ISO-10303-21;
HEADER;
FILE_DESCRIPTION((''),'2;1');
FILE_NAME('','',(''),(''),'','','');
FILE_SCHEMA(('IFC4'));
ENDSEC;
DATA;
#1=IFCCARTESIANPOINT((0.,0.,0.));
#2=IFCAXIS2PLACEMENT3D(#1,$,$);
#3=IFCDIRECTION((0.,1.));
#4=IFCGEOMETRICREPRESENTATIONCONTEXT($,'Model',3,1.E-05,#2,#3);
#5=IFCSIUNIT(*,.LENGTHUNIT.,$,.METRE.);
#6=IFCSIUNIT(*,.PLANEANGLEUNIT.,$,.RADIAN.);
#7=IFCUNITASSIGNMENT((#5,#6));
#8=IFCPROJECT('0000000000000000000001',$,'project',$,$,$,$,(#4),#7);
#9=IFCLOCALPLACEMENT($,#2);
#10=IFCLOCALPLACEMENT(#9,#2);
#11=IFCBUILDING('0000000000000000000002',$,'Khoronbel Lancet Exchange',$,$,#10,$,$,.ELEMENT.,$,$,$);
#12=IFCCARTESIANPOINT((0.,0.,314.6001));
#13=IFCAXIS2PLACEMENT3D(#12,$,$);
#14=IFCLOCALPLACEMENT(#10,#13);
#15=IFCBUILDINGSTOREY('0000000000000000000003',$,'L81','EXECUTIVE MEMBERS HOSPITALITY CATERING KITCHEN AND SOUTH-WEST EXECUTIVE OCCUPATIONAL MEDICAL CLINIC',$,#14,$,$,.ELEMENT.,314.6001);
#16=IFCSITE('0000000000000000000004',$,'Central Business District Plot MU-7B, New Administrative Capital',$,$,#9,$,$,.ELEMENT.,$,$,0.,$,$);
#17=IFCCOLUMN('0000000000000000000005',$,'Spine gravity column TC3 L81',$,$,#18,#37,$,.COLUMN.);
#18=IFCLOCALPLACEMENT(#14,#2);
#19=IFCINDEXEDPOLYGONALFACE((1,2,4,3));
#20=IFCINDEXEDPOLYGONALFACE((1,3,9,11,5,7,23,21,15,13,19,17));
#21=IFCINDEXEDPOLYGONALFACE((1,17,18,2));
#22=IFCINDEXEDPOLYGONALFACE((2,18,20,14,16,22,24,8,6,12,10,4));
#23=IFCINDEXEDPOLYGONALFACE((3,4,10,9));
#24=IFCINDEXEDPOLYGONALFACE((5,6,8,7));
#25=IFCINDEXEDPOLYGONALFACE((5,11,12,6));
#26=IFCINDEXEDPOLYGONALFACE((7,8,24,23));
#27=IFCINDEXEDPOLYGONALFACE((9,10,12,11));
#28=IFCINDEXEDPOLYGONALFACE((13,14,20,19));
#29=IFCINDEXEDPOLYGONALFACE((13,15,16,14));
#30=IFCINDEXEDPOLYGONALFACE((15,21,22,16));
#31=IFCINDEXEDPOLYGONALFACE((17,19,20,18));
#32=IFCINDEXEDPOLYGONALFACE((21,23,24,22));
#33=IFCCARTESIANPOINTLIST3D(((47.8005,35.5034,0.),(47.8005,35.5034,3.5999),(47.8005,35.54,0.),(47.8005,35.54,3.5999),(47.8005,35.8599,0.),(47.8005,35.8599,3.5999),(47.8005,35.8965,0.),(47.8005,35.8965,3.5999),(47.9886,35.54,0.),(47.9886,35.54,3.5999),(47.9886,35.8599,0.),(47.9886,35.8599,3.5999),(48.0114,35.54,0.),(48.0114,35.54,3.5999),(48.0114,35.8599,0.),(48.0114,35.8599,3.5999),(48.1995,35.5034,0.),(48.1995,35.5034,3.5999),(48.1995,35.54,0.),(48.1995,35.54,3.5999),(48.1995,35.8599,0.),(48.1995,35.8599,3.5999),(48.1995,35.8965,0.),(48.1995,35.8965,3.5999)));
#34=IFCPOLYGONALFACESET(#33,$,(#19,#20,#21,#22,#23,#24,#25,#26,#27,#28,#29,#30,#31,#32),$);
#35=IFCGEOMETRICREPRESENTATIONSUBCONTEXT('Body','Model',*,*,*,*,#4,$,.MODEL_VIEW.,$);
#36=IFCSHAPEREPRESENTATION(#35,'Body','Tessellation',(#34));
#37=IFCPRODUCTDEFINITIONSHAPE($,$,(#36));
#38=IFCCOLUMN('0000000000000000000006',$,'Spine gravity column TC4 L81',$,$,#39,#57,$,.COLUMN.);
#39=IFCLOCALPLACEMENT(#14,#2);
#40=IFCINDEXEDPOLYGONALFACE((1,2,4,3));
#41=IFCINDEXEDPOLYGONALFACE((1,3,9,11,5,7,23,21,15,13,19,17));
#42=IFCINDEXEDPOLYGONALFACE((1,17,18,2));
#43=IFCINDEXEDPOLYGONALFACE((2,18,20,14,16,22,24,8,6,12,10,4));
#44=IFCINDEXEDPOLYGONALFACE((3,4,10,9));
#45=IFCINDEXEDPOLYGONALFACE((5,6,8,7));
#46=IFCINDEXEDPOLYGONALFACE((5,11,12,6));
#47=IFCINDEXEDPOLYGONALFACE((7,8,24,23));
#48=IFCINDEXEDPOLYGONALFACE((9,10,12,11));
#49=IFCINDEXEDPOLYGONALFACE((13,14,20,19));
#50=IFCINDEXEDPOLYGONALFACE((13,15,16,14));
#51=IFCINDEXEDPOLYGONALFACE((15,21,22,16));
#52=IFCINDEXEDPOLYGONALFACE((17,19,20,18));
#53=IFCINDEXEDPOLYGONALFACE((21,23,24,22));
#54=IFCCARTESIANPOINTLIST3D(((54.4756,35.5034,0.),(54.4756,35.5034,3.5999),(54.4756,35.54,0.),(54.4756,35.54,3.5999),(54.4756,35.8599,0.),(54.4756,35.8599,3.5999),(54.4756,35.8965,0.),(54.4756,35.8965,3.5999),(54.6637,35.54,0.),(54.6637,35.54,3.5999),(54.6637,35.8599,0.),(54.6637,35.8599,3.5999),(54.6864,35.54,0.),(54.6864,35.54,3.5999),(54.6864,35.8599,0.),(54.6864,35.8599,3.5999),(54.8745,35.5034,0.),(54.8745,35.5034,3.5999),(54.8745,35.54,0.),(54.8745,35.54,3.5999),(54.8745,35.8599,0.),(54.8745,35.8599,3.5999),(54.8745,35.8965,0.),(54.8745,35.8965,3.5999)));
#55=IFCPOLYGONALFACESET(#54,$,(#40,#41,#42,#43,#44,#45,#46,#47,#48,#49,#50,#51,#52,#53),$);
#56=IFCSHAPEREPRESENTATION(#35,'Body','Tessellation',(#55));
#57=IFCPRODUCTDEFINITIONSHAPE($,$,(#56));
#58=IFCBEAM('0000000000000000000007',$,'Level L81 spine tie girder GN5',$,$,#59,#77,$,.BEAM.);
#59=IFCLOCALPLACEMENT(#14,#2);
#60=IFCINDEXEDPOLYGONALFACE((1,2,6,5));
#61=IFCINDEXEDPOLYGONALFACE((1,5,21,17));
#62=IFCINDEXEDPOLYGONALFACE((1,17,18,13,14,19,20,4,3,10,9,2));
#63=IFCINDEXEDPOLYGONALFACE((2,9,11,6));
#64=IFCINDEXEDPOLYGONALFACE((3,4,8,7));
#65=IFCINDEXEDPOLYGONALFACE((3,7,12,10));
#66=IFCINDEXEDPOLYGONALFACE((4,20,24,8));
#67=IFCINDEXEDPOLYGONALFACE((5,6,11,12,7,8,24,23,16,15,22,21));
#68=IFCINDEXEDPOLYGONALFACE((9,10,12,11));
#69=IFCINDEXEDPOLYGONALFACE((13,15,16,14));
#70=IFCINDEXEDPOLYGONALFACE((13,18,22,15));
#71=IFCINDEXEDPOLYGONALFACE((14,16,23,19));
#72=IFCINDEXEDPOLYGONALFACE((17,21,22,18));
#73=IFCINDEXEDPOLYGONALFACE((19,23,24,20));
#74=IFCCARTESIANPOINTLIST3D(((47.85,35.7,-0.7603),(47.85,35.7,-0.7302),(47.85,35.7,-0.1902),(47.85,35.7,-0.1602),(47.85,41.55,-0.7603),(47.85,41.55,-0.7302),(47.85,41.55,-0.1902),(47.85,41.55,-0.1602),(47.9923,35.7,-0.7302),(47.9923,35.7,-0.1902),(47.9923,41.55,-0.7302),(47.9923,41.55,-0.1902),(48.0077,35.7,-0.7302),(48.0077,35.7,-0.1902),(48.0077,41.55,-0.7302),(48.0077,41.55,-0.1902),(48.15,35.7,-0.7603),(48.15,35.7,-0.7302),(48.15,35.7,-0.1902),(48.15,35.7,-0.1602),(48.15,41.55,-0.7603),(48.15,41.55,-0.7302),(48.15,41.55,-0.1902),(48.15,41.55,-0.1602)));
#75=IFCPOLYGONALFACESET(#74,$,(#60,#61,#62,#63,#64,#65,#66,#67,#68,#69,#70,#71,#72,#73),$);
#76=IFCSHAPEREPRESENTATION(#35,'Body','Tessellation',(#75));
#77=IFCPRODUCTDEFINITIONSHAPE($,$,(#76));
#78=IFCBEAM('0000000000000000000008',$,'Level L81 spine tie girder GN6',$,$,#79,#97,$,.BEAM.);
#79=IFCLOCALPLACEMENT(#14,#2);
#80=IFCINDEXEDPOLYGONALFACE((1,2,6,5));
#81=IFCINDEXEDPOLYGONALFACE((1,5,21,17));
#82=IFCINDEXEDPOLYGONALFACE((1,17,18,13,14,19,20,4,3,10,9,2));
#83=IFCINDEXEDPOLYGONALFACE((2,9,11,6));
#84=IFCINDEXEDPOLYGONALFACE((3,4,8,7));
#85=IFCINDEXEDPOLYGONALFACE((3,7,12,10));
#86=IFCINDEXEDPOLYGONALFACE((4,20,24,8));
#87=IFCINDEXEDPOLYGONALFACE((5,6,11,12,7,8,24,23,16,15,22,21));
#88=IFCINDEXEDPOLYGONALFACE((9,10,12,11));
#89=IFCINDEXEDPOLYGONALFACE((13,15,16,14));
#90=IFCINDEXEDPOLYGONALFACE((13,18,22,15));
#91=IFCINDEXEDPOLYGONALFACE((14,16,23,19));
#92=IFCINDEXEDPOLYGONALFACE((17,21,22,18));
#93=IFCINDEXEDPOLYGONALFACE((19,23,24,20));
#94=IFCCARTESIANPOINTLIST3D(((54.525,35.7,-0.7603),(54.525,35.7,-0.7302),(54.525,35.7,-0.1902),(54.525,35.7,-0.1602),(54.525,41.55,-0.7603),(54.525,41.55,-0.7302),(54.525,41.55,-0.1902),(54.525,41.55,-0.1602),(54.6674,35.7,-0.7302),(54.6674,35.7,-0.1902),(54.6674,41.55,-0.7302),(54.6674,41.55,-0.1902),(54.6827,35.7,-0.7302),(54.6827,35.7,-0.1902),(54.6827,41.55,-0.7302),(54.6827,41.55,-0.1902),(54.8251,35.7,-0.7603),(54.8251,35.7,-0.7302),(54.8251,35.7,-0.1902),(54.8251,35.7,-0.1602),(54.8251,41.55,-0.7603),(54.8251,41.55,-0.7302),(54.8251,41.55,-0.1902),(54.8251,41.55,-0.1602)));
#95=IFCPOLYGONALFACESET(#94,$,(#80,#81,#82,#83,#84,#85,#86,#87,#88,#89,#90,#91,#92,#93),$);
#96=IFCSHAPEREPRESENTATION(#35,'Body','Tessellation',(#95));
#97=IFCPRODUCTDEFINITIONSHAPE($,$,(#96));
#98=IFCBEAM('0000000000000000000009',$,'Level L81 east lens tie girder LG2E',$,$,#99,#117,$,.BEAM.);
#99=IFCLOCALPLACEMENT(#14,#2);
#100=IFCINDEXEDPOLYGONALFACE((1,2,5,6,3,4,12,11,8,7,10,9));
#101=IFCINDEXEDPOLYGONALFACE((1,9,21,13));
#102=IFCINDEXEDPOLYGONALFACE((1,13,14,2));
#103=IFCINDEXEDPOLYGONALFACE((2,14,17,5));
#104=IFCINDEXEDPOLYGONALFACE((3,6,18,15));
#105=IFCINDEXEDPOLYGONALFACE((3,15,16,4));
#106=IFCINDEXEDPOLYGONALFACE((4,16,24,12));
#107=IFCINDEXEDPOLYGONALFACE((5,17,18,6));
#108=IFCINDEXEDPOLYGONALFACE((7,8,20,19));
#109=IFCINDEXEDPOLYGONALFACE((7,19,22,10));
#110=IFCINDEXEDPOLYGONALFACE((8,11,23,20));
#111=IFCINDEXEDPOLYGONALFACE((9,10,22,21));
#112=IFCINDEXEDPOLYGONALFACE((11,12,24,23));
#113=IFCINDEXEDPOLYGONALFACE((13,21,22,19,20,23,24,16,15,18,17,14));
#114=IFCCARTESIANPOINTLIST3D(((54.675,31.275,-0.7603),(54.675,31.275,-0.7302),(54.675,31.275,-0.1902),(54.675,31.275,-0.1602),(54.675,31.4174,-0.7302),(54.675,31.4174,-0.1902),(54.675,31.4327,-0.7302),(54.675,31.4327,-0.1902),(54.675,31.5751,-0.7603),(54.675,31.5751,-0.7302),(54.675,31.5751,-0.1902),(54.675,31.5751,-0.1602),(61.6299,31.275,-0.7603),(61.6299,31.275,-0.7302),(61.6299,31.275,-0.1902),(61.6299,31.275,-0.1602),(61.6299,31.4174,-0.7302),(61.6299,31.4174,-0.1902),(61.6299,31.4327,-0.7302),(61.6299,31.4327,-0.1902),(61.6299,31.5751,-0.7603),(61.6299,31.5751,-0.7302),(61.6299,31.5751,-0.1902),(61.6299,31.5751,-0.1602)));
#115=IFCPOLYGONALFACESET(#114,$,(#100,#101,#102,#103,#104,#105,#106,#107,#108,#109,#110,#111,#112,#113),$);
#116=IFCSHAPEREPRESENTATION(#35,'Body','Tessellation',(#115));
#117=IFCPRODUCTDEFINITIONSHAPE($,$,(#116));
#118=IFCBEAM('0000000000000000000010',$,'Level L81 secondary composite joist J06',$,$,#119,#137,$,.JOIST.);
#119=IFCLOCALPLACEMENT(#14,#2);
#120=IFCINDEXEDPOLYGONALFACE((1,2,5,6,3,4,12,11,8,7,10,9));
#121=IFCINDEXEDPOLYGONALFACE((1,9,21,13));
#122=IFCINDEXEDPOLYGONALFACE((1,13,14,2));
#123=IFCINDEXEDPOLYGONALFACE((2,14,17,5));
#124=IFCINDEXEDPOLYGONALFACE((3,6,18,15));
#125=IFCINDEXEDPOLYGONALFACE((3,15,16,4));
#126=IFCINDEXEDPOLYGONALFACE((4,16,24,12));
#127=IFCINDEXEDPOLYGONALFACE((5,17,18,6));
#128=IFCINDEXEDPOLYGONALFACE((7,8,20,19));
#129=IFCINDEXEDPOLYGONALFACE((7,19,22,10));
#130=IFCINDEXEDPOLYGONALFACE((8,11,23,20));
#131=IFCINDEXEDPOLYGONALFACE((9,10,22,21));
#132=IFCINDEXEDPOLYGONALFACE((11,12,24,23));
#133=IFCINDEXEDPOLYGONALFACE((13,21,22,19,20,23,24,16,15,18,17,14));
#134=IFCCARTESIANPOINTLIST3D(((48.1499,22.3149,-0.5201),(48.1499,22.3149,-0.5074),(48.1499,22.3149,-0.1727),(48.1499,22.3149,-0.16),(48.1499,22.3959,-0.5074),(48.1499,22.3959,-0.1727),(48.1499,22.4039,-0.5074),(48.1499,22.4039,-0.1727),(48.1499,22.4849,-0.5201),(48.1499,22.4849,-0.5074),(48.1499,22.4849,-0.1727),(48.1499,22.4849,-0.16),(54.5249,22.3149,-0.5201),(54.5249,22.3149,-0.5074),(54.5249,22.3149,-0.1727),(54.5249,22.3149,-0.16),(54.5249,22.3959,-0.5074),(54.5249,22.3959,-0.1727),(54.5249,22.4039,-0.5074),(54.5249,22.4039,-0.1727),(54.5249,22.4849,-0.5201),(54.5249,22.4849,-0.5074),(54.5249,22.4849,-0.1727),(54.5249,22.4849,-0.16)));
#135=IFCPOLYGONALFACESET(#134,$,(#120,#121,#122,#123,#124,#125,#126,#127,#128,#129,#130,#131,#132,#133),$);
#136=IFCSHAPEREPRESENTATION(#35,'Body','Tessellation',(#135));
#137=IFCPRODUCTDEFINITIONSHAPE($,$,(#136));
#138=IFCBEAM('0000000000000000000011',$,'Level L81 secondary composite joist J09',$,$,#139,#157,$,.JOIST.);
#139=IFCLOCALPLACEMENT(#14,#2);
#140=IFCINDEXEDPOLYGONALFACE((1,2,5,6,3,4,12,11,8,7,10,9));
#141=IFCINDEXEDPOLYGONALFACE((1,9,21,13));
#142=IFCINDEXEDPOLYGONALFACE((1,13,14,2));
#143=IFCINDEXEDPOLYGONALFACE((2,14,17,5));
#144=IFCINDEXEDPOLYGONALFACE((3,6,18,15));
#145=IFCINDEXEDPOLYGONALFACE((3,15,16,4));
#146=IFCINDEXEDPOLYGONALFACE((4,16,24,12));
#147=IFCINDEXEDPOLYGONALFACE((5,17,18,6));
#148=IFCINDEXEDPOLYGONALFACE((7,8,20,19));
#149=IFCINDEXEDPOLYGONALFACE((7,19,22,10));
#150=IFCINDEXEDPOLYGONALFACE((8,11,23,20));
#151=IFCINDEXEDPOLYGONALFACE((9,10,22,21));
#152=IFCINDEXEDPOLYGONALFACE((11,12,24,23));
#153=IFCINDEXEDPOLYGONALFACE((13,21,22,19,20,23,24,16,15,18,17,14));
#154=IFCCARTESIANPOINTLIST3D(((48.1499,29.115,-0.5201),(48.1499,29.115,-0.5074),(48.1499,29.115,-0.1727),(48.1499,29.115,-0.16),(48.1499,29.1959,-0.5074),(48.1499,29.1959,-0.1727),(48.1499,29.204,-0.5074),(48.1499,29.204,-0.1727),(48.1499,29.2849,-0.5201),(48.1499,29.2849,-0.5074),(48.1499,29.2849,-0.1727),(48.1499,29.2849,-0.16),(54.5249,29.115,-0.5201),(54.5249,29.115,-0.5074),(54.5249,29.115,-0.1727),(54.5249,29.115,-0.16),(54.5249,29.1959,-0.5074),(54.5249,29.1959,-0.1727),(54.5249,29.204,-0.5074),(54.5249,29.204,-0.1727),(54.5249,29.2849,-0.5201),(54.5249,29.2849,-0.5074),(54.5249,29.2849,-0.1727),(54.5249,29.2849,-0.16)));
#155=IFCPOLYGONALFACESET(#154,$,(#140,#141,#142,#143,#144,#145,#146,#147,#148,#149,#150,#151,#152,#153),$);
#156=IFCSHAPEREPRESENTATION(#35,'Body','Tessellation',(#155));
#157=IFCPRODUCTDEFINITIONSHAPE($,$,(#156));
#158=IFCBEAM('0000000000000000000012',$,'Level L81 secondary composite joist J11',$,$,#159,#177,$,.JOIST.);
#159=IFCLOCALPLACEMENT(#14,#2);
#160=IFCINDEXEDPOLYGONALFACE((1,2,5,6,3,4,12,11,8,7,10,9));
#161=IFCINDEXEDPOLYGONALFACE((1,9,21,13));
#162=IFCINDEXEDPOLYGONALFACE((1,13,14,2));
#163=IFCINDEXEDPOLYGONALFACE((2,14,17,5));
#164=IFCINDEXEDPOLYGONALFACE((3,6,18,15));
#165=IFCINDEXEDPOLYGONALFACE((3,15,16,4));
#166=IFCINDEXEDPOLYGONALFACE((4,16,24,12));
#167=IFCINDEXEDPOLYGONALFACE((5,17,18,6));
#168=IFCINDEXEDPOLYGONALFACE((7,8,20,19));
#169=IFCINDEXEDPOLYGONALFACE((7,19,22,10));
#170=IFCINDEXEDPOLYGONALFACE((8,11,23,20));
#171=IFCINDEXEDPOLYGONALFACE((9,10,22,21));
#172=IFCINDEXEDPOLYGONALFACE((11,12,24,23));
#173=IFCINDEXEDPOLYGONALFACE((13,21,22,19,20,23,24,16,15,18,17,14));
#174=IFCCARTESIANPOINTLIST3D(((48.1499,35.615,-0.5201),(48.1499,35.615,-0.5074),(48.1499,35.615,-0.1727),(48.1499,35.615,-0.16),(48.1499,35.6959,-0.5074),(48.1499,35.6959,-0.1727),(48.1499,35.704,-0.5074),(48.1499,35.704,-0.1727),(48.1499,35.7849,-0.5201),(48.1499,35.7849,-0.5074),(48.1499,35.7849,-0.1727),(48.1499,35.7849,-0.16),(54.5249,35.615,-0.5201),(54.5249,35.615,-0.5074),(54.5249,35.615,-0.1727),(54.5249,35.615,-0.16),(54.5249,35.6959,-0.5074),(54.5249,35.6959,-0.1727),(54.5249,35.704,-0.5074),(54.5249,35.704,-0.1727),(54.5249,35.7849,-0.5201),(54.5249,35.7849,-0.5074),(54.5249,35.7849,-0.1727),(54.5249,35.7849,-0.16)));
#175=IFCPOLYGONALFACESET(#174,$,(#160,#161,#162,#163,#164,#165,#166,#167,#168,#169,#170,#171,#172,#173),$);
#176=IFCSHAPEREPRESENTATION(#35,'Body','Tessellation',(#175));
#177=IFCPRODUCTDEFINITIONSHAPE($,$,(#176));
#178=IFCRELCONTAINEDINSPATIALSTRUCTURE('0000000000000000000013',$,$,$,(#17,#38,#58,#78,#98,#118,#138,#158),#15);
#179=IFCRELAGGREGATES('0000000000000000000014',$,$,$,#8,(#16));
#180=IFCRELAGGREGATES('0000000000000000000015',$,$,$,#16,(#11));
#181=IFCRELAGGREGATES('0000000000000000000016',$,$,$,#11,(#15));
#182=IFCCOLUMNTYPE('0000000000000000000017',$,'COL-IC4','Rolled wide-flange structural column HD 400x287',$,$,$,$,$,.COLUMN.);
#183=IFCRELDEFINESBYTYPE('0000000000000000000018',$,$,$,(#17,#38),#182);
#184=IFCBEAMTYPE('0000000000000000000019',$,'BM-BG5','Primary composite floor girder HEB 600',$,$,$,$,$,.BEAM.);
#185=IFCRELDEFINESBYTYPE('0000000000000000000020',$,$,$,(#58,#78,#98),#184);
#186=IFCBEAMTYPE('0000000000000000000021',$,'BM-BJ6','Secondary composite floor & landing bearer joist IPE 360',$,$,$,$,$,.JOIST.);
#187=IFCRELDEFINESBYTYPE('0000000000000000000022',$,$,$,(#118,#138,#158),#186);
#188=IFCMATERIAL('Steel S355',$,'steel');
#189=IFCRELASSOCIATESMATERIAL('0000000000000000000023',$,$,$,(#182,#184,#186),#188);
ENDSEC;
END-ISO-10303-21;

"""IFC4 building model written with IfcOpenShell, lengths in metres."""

from ifc_helpers import new_model, si_unit, direction, frame, origin, origin_2d, place, context, subcontext, project, spatial, i_section, extrude, material, material_profile, profile_set, type_object, element, save


model = new_model("IFC4")

# Units and contexts
model_context = context("Model", 3, precision=1e-05, world=origin(), true_north=direction((0.0, 1.0)))
body_context = subcontext(model_context, "Body", "Model", "MODEL_VIEW")
ifc_project = project(units=[si_unit("LENGTHUNIT", "METRE"), si_unit("PLANEANGLEUNIT", "RADIAN")], contexts=[model_context])

# Site, building, storey
site_placement = place(None, origin())
site = spatial("IfcSite", under=ifc_project, at=site_placement, Name="Central Business District Plot MU-7B, New Administrative Capital", CompositionType="ELEMENT", RefElevation=0.0)
building_placement = place(site_placement, origin())
building = spatial("IfcBuilding", under=site, at=building_placement, Name="Khoronbel Lancet Exchange", CompositionType="ELEMENT")
storey_placement = place(building_placement, frame((0.0, 0.0, 314.6001)))
storey = spatial("IfcBuildingStorey", under=building, at=storey_placement, Name="L81", Description="EXECUTIVE MEMBERS HOSPITALITY CATERING KITCHEN AND SOUTH-WEST EXECUTIVE OCCUPATIONAL MEDICAL CLINIC", CompositionType="ELEMENT", Elevation=314.6001)

# Columns
ifc_material_1 = material(Name="Steel S355", Category="steel")
ifc_material_profile_1 = material_profile(ifc_material_1, i_section(OverallWidth=0.3989, OverallDepth=0.3931, WebThickness=0.0227, FlangeThickness=0.0366, at=origin_2d()), Name="HD 400x287")
ifc_profile_set_1 = profile_set([ifc_material_profile_1], Name="Steel S355")
column_type = type_object("IfcColumnType", Name="COL-IC4", Description="Rolled wide-flange structural column HD 400x287", PredefinedType="COLUMN", material=ifc_profile_set_1)
for number, where, z_axis, x_axis, name in (
    (1, (48.0, 35.7, 0.0), (0.0, 0.0, 1.0), (1.0, 0.0, 0.0), "Spine gravity column TC3 L81"),
    (2, (54.675, 35.7, 0.0), (0.0, 0.0, 1.0), (1.0, 0.0, 0.0), "Spine gravity column TC4 L81"),
):
    element("IfcColumn", number, at=place(storey_placement, frame(where, z_axis=z_axis, x_axis=x_axis)), inside=storey, type_object=column_type, Name=name, PredefinedType="COLUMN", context=body_context, shape_type="SweptSolid", body=[
        extrude(i_section(OverallWidth=0.3989, OverallDepth=0.3931, WebThickness=0.0227, FlangeThickness=0.0366, at=origin_2d()), origin(), (0.0, 0.0, 1.0), 3.5999),
    ])

# Beams
ifc_material_profile_2 = material_profile(ifc_material_1, i_section(OverallWidth=0.3, OverallDepth=0.6001, WebThickness=0.0154, FlangeThickness=0.03, at=origin_2d()), Name="HEB 600")
ifc_profile_set_2 = profile_set([ifc_material_profile_2], Name="Steel S355")
beam_type_1 = type_object("IfcBeamType", Name="BM-BG5", Description="Primary composite floor girder HEB 600", PredefinedType="BEAM", material=ifc_profile_set_2)
for number, where, z_axis, x_axis, name in (
    (3, (48.0, 35.7, -0.4602), (0.0, 1.0, 0.0), (-1.0, 0.0, 0.0), "Level L81 spine tie girder GN5"),
    (4, (54.675, 35.7, -0.4602), (0.0, 1.0, 0.0), (-1.0, 0.0, 0.0), "Level L81 spine tie girder GN6"),
):
    element("IfcBeam", number, at=place(storey_placement, frame(where, z_axis=z_axis, x_axis=x_axis)), inside=storey, type_object=beam_type_1, Name=name, PredefinedType="BEAM", context=body_context, shape_type="SweptSolid", body=[
        extrude(i_section(OverallWidth=0.3, OverallDepth=0.6001, WebThickness=0.0154, FlangeThickness=0.03, at=origin_2d()), origin(), (0.0, 0.0, 1.0), 5.8501),
    ])
beam_placement = place(storey_placement, frame((54.675, 31.425, -0.4602), z_axis=(1.0, 0.0, 0.0), x_axis=(0.0, 1.0, 0.0)))
element("IfcBeam", 5, at=beam_placement, inside=storey, type_object=beam_type_1, Name="Level L81 east lens tie girder LG2E", PredefinedType="BEAM", context=body_context, shape_type="SweptSolid", body=[
    extrude(i_section(OverallWidth=0.3, OverallDepth=0.6001, WebThickness=0.0154, FlangeThickness=0.03, at=origin_2d()), origin(), (0.0, 0.0, 1.0), 6.9548),
])
ifc_material_profile_3 = material_profile(ifc_material_1, i_section(OverallWidth=0.1699, OverallDepth=0.3601, WebThickness=0.0081, FlangeThickness=0.0127, at=origin_2d()), Name="IPE 360")
ifc_profile_set_3 = profile_set([ifc_material_profile_3], Name="Steel S355")
beam_type_2 = type_object("IfcBeamType", Name="BM-BJ6", Description="Secondary composite floor & landing bearer joist IPE 360", PredefinedType="JOIST", material=ifc_profile_set_3)
for number, where, z_axis, x_axis, name in (
    (6, (48.1499, 22.3999, -0.3401), (1.0, 0.0, 0.0), (0.0, 1.0, 0.0), "Level L81 secondary composite joist J06"),
    (7, (48.1499, 29.2, -0.3401), (1.0, 0.0, 0.0), (0.0, 1.0, 0.0), "Level L81 secondary composite joist J09"),
    (8, (48.1499, 35.7, -0.3401), (1.0, 0.0, 0.0), (0.0, 1.0, 0.0), "Level L81 secondary composite joist J11"),
):
    element("IfcBeam", number, at=place(storey_placement, frame(where, z_axis=z_axis, x_axis=x_axis)), inside=storey, type_object=beam_type_2, Name=name, PredefinedType="JOIST", context=body_context, shape_type="SweptSolid", body=[
        extrude(i_section(OverallWidth=0.1699, OverallDepth=0.3601, WebThickness=0.0081, FlangeThickness=0.0127, at=origin_2d()), origin(), (0.0, 0.0, 1.0), 6.375),
    ])

save(model, "model.ifc")
